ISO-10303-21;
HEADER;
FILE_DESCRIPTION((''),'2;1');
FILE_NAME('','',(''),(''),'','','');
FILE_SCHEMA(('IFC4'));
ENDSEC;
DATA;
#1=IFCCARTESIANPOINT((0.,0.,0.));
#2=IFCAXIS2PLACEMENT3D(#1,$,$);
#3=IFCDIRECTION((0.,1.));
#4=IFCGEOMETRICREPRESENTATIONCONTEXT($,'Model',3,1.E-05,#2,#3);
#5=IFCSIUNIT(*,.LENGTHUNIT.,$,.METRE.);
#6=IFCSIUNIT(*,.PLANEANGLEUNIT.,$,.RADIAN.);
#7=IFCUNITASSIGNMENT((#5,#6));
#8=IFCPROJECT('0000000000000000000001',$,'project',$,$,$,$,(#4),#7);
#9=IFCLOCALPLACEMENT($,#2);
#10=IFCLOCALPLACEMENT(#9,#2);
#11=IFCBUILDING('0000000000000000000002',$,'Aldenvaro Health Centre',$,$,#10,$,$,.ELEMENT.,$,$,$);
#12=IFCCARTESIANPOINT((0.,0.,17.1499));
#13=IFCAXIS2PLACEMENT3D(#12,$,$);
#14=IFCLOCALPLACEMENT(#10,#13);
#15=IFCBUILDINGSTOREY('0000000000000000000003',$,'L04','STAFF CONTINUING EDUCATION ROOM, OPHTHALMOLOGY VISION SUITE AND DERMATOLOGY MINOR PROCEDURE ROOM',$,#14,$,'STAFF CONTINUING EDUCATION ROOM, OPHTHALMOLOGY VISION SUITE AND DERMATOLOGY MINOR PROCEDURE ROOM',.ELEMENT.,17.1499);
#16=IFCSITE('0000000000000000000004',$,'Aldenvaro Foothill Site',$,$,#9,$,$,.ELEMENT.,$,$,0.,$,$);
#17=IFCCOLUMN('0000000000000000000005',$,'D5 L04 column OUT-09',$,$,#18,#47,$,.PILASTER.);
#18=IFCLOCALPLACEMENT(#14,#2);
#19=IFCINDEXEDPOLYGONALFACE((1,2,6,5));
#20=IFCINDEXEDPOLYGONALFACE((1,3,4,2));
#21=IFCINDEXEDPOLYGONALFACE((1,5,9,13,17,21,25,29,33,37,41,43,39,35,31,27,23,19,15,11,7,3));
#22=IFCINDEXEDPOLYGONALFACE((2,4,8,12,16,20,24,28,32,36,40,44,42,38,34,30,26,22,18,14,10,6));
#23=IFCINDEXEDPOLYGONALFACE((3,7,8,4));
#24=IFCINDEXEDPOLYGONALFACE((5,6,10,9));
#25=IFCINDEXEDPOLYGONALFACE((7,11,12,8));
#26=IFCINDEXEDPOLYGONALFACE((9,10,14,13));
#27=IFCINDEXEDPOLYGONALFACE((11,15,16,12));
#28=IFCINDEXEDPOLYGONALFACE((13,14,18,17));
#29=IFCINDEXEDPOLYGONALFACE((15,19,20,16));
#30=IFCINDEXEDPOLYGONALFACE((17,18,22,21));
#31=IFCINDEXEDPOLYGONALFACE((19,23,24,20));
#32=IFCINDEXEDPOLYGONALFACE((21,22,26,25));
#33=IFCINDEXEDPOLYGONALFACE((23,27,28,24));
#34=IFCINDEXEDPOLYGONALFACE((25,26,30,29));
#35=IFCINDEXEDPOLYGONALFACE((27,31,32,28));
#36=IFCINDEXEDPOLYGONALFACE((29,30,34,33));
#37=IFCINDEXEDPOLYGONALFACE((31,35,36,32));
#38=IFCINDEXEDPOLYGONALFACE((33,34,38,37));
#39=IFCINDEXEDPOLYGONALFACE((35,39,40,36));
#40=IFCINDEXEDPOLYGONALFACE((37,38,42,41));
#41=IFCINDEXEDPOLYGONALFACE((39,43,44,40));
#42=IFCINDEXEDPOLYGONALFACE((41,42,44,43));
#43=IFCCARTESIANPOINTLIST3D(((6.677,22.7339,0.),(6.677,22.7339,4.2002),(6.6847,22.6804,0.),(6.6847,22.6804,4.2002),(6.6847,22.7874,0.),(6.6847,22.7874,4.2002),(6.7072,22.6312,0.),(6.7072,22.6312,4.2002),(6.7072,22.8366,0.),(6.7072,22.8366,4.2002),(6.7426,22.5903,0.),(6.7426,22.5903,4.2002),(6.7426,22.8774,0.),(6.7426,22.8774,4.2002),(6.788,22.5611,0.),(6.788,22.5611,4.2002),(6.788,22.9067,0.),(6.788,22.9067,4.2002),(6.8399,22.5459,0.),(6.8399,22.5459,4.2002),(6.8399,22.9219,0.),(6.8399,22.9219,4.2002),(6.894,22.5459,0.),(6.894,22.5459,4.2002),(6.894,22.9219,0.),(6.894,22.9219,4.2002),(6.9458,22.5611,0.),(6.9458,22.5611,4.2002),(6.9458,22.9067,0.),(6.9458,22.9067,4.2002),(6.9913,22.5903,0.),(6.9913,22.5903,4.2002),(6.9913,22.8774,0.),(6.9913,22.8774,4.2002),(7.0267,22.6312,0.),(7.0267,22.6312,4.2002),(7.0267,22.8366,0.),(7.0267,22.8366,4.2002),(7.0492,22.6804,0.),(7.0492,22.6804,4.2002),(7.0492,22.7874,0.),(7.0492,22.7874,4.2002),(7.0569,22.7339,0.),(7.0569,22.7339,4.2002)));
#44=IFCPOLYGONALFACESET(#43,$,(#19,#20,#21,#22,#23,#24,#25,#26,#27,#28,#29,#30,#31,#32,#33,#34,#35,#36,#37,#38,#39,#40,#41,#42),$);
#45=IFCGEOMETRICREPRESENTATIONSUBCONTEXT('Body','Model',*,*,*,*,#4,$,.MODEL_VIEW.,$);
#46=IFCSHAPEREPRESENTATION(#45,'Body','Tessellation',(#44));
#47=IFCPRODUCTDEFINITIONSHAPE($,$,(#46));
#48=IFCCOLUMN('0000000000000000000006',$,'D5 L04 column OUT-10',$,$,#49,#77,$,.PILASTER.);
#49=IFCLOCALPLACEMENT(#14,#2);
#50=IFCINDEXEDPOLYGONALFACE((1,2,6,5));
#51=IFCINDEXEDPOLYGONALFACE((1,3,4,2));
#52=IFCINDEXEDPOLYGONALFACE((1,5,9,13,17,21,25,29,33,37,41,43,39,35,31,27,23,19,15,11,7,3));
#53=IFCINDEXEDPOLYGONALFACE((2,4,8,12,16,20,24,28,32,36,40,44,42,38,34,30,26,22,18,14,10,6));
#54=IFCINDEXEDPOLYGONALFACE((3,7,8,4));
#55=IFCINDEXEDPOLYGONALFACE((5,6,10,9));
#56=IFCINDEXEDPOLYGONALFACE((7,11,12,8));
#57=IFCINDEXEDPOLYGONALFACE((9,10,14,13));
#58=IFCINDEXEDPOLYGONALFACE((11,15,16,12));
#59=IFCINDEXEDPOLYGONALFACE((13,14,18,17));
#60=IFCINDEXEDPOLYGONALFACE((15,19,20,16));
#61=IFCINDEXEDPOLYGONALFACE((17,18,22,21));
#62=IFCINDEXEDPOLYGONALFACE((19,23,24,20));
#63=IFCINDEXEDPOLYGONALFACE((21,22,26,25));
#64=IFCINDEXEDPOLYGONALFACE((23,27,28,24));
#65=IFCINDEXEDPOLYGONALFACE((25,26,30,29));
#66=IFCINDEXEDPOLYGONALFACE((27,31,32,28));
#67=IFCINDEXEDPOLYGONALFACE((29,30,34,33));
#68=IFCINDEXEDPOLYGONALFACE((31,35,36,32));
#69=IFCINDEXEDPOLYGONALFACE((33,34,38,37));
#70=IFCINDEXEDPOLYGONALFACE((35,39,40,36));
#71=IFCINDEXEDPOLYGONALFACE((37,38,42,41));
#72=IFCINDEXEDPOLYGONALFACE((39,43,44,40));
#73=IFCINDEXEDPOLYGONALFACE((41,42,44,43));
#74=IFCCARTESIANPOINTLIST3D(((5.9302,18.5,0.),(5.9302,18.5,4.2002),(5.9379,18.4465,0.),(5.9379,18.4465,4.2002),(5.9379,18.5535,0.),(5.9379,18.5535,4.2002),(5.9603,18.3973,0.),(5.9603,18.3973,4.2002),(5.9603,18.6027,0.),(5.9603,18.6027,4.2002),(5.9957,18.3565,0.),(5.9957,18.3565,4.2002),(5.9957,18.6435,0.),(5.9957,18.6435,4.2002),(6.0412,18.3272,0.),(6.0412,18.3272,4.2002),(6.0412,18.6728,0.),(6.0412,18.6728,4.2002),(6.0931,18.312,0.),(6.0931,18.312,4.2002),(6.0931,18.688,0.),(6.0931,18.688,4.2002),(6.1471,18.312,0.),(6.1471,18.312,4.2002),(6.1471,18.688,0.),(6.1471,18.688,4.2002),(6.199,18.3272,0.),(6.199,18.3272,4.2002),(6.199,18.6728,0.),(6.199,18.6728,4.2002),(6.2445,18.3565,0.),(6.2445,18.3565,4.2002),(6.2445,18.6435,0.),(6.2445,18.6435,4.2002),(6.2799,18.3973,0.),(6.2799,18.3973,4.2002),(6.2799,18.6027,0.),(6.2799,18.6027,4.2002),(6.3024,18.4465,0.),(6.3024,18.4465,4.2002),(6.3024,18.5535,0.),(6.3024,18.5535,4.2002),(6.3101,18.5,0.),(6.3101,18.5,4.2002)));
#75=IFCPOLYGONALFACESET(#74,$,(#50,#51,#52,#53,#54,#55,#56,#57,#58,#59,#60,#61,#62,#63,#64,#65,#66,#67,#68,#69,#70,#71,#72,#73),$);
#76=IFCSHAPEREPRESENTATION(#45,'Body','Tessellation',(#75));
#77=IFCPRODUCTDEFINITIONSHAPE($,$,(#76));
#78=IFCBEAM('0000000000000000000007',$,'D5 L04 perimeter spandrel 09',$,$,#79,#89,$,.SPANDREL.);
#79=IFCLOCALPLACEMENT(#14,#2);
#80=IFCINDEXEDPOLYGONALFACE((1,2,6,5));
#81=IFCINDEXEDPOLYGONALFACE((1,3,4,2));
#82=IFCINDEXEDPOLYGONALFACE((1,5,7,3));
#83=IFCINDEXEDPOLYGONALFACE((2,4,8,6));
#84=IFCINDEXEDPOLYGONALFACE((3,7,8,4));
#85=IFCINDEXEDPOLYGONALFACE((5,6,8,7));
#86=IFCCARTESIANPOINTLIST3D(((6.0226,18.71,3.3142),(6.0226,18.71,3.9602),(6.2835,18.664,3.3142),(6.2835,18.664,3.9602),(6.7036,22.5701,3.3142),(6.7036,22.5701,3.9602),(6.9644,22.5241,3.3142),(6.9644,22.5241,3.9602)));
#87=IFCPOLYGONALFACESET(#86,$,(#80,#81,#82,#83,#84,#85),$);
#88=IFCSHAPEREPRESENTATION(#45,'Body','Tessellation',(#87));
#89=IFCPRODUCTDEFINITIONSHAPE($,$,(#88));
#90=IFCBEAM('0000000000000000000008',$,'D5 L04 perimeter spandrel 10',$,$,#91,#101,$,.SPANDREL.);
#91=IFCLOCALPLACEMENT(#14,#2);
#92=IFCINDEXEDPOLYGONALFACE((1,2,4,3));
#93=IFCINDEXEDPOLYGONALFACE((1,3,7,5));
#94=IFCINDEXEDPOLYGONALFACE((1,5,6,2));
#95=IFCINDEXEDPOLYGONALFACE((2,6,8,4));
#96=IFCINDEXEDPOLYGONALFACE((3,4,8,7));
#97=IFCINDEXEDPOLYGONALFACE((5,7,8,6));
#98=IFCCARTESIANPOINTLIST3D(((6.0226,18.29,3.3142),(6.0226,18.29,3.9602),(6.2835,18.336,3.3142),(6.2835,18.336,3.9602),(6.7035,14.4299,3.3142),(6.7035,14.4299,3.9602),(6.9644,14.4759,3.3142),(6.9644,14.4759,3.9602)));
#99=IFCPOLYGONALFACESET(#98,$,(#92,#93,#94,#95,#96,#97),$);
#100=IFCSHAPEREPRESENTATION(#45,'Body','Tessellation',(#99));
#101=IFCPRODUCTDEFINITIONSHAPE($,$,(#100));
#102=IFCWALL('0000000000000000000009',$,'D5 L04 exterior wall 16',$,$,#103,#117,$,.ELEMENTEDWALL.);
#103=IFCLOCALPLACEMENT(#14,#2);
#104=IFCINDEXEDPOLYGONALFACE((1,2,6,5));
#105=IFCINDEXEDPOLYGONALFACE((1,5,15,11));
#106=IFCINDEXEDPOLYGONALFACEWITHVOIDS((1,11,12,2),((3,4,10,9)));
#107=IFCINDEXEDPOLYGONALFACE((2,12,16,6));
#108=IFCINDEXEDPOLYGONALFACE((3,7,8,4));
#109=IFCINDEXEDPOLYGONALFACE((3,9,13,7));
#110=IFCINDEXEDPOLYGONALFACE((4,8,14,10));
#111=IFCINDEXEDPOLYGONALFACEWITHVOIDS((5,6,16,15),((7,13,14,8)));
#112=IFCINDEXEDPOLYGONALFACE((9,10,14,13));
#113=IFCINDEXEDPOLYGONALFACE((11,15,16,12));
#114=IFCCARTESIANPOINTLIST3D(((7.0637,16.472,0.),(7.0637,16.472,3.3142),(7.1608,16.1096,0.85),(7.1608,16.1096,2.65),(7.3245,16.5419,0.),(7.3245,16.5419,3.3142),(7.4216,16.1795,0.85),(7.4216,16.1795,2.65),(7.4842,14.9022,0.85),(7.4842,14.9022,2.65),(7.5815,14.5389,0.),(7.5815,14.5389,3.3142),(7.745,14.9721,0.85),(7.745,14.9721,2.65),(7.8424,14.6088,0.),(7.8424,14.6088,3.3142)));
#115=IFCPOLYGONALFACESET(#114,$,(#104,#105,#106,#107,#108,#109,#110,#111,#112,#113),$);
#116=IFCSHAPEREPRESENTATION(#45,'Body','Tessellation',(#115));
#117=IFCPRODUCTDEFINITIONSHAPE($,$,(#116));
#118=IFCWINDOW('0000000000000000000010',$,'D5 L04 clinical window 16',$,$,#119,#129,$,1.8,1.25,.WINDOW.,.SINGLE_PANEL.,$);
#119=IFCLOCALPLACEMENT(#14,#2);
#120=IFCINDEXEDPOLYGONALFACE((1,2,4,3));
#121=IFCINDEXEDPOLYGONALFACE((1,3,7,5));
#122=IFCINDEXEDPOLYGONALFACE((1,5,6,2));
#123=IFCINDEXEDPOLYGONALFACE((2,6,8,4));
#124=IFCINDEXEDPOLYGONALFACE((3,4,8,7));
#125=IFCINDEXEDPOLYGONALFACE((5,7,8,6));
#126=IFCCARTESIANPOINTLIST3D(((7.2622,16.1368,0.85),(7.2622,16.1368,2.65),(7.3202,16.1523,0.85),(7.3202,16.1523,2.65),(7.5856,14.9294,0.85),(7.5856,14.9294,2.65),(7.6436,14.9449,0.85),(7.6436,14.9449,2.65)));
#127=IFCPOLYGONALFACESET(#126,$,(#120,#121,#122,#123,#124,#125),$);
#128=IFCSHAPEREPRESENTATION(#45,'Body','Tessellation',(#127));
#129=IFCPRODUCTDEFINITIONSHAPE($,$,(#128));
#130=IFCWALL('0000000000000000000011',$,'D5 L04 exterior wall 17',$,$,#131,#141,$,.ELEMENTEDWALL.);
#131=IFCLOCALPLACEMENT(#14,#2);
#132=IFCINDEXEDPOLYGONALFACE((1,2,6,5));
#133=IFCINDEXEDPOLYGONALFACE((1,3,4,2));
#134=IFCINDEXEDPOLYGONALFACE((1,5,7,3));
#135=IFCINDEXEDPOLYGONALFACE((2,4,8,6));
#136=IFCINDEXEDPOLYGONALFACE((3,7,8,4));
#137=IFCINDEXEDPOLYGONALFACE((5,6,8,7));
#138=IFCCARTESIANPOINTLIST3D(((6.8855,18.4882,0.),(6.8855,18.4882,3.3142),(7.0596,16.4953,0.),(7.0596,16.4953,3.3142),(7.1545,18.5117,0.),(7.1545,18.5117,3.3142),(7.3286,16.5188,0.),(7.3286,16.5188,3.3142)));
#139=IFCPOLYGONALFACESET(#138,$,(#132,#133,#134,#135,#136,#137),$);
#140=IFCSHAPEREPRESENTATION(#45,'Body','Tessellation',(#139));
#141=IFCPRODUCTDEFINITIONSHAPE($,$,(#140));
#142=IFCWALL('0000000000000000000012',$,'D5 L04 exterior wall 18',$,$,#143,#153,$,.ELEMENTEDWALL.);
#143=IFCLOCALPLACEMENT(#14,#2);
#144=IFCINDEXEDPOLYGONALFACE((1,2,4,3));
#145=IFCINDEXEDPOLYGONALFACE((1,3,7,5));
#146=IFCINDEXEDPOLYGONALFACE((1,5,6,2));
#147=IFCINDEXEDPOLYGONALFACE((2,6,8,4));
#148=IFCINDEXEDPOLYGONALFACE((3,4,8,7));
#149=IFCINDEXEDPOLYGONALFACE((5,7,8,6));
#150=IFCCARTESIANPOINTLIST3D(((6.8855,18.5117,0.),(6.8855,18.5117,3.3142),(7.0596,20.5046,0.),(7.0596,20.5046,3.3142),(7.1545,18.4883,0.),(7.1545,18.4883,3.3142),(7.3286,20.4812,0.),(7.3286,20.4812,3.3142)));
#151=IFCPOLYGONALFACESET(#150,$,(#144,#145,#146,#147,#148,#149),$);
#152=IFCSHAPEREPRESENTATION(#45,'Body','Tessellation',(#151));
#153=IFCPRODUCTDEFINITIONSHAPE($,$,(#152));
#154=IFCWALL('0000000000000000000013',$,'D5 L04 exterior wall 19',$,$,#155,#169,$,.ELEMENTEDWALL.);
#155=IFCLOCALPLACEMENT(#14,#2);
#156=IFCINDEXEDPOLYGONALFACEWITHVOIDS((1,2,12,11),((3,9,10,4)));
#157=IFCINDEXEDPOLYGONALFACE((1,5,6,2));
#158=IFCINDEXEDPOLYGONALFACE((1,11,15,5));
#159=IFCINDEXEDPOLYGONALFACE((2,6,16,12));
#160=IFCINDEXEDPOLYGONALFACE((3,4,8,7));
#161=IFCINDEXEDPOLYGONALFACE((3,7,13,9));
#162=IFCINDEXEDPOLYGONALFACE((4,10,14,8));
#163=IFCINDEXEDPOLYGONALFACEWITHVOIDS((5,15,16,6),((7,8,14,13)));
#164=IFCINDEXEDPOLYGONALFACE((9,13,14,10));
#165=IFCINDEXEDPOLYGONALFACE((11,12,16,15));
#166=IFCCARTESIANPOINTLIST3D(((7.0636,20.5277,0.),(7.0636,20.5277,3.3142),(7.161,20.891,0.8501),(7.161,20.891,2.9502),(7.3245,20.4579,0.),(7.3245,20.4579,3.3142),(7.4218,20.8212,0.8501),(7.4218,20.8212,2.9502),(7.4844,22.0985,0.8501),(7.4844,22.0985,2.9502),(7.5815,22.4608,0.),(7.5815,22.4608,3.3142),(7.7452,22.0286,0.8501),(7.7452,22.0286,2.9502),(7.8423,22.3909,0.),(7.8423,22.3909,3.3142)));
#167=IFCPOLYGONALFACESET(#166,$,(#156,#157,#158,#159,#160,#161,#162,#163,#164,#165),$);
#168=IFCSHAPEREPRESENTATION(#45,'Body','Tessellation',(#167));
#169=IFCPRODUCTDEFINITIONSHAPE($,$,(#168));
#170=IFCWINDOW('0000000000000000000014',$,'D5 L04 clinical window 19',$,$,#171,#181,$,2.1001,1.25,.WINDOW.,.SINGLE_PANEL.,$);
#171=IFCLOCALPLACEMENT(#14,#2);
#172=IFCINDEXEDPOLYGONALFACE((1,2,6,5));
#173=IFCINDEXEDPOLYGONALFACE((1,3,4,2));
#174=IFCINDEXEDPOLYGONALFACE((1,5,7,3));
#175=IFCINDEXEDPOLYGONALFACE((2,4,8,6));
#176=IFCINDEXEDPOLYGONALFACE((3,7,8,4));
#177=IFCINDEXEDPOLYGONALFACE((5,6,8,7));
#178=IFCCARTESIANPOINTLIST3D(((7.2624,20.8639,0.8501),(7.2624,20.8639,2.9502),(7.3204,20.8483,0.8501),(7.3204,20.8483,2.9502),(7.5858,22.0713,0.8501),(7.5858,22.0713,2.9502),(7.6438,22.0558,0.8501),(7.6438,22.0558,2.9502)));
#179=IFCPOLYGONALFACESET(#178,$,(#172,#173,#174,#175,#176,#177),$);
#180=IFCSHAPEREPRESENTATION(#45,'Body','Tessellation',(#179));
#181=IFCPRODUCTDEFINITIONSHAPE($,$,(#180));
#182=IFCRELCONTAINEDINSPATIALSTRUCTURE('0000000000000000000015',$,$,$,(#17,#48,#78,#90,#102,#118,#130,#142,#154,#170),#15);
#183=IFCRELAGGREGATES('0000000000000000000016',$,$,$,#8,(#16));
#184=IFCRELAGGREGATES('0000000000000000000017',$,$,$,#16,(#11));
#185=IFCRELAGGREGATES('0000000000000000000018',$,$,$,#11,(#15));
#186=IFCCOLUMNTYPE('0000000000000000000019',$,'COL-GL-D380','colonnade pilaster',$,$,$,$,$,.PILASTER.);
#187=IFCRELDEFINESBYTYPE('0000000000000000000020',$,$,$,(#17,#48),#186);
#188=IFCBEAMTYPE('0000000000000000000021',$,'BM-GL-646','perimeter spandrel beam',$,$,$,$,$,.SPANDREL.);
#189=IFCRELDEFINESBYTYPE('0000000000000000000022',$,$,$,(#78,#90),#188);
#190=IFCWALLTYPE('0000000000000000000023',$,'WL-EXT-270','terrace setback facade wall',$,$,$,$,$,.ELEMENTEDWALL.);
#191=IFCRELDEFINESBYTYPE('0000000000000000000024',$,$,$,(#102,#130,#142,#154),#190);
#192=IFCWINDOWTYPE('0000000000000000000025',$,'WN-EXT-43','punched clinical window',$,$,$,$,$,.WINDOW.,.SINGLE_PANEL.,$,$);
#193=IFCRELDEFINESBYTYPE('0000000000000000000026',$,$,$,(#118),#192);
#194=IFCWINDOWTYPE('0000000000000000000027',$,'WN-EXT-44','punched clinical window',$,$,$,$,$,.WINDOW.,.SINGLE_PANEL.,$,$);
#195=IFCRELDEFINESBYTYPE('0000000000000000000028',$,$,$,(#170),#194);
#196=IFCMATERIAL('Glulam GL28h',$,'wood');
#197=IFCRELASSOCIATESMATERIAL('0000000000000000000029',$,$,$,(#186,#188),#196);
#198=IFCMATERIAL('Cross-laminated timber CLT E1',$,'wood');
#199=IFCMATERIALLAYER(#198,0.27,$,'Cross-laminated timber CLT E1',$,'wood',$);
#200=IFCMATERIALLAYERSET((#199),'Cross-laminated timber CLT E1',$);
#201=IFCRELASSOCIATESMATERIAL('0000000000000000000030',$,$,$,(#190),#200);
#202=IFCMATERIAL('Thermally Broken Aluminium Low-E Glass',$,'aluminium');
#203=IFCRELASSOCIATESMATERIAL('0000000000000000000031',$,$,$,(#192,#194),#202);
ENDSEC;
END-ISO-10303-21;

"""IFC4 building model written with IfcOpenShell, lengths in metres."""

from ifc_helpers import new_model, si_unit, direction, frame, frame_2d, origin, origin_2d, place, context, subcontext, project, spatial, rectangle, circle, extrude, material, layer, layer_set, material_profile, profile_set, type_object, element, fill, save


model = new_model("IFC4")

# Units and contexts
model_context = context("Model", 3, precision=1e-05, world=origin(), true_north=direction((0.0, 1.0)))
body_context = subcontext(model_context, "Body", "Model", "MODEL_VIEW")
ifc_project = project(units=[si_unit("LENGTHUNIT", "METRE"), si_unit("PLANEANGLEUNIT", "RADIAN")], contexts=[model_context])

# Site, building, storey
site_placement = place(None, origin())
site = spatial("IfcSite", under=ifc_project, at=site_placement, Name="Aldenvaro Foothill Site", CompositionType="ELEMENT", RefElevation=0.0)
building_placement = place(site_placement, origin())
building = spatial("IfcBuilding", under=site, at=building_placement, Name="Aldenvaro Health Centre", CompositionType="ELEMENT")
storey_placement = place(building_placement, frame((0.0, 0.0, 17.1499)))
storey = spatial("IfcBuildingStorey", under=building, at=storey_placement, Name="L04", Description="STAFF CONTINUING EDUCATION ROOM, OPHTHALMOLOGY VISION SUITE AND DERMATOLOGY MINOR PROCEDURE ROOM", LongName="STAFF CONTINUING EDUCATION ROOM, OPHTHALMOLOGY VISION SUITE AND DERMATOLOGY MINOR PROCEDURE ROOM", CompositionType="ELEMENT", Elevation=17.1499)

# Columns
ifc_material_1 = material(Name="Glulam GL28h", Category="wood")
ifc_material_profile_1 = material_profile(ifc_material_1, circle(Radius=0.1899, at=origin_2d()), Name="GL D380", Category="wood")
ifc_profile_set_1 = profile_set([ifc_material_profile_1], Name="Glulam GL28h")
column_type = type_object("IfcColumnType", Name="COL-GL-D380", Description="colonnade pilaster", PredefinedType="PILASTER", material=ifc_profile_set_1)
for number, where, z_axis, x_axis, name in (
    (1, (6.8669, 22.7339, 0.0), (0.0, 0.0, 1.0), (1.0, 0.0, 0.0), "D5 L04 column OUT-09"),
    (2, (6.1201, 18.5, 0.0), (0.0, 0.0, 1.0), (1.0, 0.0, 0.0), "D5 L04 column OUT-10"),
):
    element("IfcColumn", number, at=place(storey_placement, frame(where, z_axis=z_axis, x_axis=x_axis)), inside=storey, type_object=column_type, Name=name, PredefinedType="PILASTER", context=body_context, shape_type="SweptSolid", body=[
        extrude(circle(Radius=0.1899, at=origin_2d()), origin(), (0.0, 0.0, 1.0), 4.2002),
    ])

# Beams
ifc_material_profile_2 = material_profile(ifc_material_1, rectangle(XDim=0.2649, YDim=0.646, at=origin_2d()), Name="GL 265x646", Category="wood")
ifc_profile_set_2 = profile_set([ifc_material_profile_2], Name="Glulam GL28h")
beam_type = type_object("IfcBeamType", Name="BM-GL-646", Description="perimeter spandrel beam", PredefinedType="SPANDREL", material=ifc_profile_set_2)
for number, where, z_axis, x_axis, name in (
    (3, (6.834, 22.5471, 3.6372), (-0.173714, -0.984796, 0.0), (0.984796, -0.173714, 0.0), "D5 L04 perimeter spandrel 09"),
    (4, (6.1531, 18.313, 3.6372), (0.173714, -0.984796, 0.0), (0.984796, 0.173714, 0.0), "D5 L04 perimeter spandrel 10"),
):
    element("IfcBeam", number, at=place(storey_placement, frame(where, z_axis=z_axis, x_axis=x_axis)), inside=storey, type_object=beam_type, Name=name, PredefinedType="SPANDREL", context=body_context, shape_type="SweptSolid", body=[
        extrude(rectangle(XDim=0.2649, YDim=0.646, at=origin_2d()), origin(), (0.0, 0.0, 1.0), 3.9197),
    ])

# Wall, opening, window
ifc_material_2 = material(Name="Cross-laminated timber CLT E1", Category="wood")
ifc_layer_1 = layer(ifc_material_2, 0.27, Name="Cross-laminated timber CLT E1", Category="wood")
ifc_layer_set_1 = layer_set([ifc_layer_1], Name="Cross-laminated timber CLT E1")
wall_type_1 = type_object("IfcWallType", Name="WL-EXT-270", Description="terrace setback facade wall", PredefinedType="ELEMENTEDWALL", material=ifc_layer_set_1)
wall_1_placement = place(storey_placement, frame((7.7119, 14.574, 0.0), z_axis=(0.0, 0.0, 1.0), x_axis=(-0.258748, 0.965945, 0.0)))
wall_1 = element("IfcWall", 5, at=wall_1_placement, inside=storey, type_object=wall_type_1, Name="D5 L04 exterior wall 16", PredefinedType="ELEMENTEDWALL", context=body_context, shape_type="SweptSolid", body=[
    extrude(rectangle(XDim=2.0012, YDim=0.27, at=frame_2d((1.0005, 0.0))), origin(), (0.0, 0.0, 1.0), 3.3142),
])
opening_1_placement = place(wall_1_placement, frame((0.376, 0.0, 0.8501)))
opening_1 = element("IfcOpeningElement", 6, at=opening_1_placement, cuts=wall_1, PredefinedType="OPENING", context=body_context, shape_type="SweptSolid", body=[
    extrude(rectangle(XDim=1.25, YDim=1.8, at=frame_2d((0.625, 0.8999))), frame((0.0, 0.145, 0.0), z_axis=(0.0, -1.0, 0.0), x_axis=(1.0, 0.0, 0.0)), (0.0, 0.0, 1.0), 0.29),
])
ifc_material_3 = material(Name="Thermally Broken Aluminium Low-E Glass", Category="aluminium")
window_type_1 = type_object("IfcWindowType", Name="WN-EXT-43", Description="punched clinical window", PartitioningType="SINGLE_PANEL", PredefinedType="WINDOW", material=ifc_material_3)
window_1_placement = place(opening_1_placement, origin())
window_1 = element("IfcWindow", 7, at=window_1_placement, inside=storey, type_object=window_type_1, Name="D5 L04 clinical window 16", OverallHeight=1.8, OverallWidth=1.25, PartitioningType="SINGLE_PANEL", PredefinedType="WINDOW", context=body_context, shape_type="SweptSolid", body=[
    extrude(rectangle(XDim=1.25, YDim=1.8, at=frame_2d((0.625, 0.8999))), frame((0.0, 0.03, 0.0), z_axis=(0.0, -1.0, 0.0), x_axis=(1.0, 0.0, 0.0)), (0.0, 0.0, 1.0), 0.0601),
])
fill(opening_1, window_1)

# Walls
for number, where, z_axis, x_axis, name in (
    (8, (7.1941, 16.5071, 0.0), (0.0, 0.0, 1.0), (-0.087014, 0.996207, 0.0), "D5 L04 exterior wall 17"),
    (9, (7.02, 18.5, 0.0), (0.0, 0.0, 1.0), (0.087014, 0.996207, 0.0), "D5 L04 exterior wall 18"),
):
    element("IfcWall", number, at=place(storey_placement, frame(where, z_axis=z_axis, x_axis=x_axis)), inside=storey, type_object=wall_type_1, Name=name, PredefinedType="ELEMENTEDWALL", context=body_context, shape_type="SweptSolid", body=[
        extrude(rectangle(XDim=2.0005, YDim=0.27, at=frame_2d((1.0002, 0.0))), origin(), (0.0, 0.0, 1.0), 3.3142),
    ])

# Wall, opening, window
wall_2_placement = place(storey_placement, frame((7.1941, 20.4929, 0.0), z_axis=(0.0, 0.0, 1.0), x_axis=(0.258748, 0.965945, 0.0)))
wall_2 = element("IfcWall", 10, at=wall_2_placement, inside=storey, type_object=wall_type_1, Name="D5 L04 exterior wall 19", PredefinedType="ELEMENTEDWALL", context=body_context, shape_type="SweptSolid", body=[
    extrude(rectangle(XDim=2.0012, YDim=0.27, at=frame_2d((1.0005, 0.0))), origin(), (0.0, 0.0, 1.0), 3.3142),
])
opening_2_placement = place(wall_2_placement, frame((0.376, 0.0, 0.8501)))
opening_2 = element("IfcOpeningElement", 11, at=opening_2_placement, cuts=wall_2, PredefinedType="OPENING", context=body_context, shape_type="SweptSolid", body=[
    extrude(rectangle(XDim=1.25, YDim=2.1001, at=frame_2d((0.625, 1.05))), frame((0.0, 0.145, 0.0), z_axis=(0.0, -1.0, 0.0), x_axis=(1.0, 0.0, 0.0)), (0.0, 0.0, 1.0), 0.29),
])
window_type_2 = type_object("IfcWindowType", Name="WN-EXT-44", Description="punched clinical window", PartitioningType="SINGLE_PANEL", PredefinedType="WINDOW", material=ifc_material_3)
window_2_placement = place(opening_2_placement, origin())
window_2 = element("IfcWindow", 12, at=window_2_placement, inside=storey, type_object=window_type_2, Name="D5 L04 clinical window 19", OverallHeight=2.1001, OverallWidth=1.25, PartitioningType="SINGLE_PANEL", PredefinedType="WINDOW", context=body_context, shape_type="SweptSolid", body=[
    extrude(rectangle(XDim=1.25, YDim=2.1001, at=frame_2d((0.625, 1.05))), frame((0.0, 0.03, 0.0), z_axis=(0.0, -1.0, 0.0), x_axis=(1.0, 0.0, 0.0)), (0.0, 0.0, 1.0), 0.0601),
])
fill(opening_2, window_2)

save(model, "model.ifc")
